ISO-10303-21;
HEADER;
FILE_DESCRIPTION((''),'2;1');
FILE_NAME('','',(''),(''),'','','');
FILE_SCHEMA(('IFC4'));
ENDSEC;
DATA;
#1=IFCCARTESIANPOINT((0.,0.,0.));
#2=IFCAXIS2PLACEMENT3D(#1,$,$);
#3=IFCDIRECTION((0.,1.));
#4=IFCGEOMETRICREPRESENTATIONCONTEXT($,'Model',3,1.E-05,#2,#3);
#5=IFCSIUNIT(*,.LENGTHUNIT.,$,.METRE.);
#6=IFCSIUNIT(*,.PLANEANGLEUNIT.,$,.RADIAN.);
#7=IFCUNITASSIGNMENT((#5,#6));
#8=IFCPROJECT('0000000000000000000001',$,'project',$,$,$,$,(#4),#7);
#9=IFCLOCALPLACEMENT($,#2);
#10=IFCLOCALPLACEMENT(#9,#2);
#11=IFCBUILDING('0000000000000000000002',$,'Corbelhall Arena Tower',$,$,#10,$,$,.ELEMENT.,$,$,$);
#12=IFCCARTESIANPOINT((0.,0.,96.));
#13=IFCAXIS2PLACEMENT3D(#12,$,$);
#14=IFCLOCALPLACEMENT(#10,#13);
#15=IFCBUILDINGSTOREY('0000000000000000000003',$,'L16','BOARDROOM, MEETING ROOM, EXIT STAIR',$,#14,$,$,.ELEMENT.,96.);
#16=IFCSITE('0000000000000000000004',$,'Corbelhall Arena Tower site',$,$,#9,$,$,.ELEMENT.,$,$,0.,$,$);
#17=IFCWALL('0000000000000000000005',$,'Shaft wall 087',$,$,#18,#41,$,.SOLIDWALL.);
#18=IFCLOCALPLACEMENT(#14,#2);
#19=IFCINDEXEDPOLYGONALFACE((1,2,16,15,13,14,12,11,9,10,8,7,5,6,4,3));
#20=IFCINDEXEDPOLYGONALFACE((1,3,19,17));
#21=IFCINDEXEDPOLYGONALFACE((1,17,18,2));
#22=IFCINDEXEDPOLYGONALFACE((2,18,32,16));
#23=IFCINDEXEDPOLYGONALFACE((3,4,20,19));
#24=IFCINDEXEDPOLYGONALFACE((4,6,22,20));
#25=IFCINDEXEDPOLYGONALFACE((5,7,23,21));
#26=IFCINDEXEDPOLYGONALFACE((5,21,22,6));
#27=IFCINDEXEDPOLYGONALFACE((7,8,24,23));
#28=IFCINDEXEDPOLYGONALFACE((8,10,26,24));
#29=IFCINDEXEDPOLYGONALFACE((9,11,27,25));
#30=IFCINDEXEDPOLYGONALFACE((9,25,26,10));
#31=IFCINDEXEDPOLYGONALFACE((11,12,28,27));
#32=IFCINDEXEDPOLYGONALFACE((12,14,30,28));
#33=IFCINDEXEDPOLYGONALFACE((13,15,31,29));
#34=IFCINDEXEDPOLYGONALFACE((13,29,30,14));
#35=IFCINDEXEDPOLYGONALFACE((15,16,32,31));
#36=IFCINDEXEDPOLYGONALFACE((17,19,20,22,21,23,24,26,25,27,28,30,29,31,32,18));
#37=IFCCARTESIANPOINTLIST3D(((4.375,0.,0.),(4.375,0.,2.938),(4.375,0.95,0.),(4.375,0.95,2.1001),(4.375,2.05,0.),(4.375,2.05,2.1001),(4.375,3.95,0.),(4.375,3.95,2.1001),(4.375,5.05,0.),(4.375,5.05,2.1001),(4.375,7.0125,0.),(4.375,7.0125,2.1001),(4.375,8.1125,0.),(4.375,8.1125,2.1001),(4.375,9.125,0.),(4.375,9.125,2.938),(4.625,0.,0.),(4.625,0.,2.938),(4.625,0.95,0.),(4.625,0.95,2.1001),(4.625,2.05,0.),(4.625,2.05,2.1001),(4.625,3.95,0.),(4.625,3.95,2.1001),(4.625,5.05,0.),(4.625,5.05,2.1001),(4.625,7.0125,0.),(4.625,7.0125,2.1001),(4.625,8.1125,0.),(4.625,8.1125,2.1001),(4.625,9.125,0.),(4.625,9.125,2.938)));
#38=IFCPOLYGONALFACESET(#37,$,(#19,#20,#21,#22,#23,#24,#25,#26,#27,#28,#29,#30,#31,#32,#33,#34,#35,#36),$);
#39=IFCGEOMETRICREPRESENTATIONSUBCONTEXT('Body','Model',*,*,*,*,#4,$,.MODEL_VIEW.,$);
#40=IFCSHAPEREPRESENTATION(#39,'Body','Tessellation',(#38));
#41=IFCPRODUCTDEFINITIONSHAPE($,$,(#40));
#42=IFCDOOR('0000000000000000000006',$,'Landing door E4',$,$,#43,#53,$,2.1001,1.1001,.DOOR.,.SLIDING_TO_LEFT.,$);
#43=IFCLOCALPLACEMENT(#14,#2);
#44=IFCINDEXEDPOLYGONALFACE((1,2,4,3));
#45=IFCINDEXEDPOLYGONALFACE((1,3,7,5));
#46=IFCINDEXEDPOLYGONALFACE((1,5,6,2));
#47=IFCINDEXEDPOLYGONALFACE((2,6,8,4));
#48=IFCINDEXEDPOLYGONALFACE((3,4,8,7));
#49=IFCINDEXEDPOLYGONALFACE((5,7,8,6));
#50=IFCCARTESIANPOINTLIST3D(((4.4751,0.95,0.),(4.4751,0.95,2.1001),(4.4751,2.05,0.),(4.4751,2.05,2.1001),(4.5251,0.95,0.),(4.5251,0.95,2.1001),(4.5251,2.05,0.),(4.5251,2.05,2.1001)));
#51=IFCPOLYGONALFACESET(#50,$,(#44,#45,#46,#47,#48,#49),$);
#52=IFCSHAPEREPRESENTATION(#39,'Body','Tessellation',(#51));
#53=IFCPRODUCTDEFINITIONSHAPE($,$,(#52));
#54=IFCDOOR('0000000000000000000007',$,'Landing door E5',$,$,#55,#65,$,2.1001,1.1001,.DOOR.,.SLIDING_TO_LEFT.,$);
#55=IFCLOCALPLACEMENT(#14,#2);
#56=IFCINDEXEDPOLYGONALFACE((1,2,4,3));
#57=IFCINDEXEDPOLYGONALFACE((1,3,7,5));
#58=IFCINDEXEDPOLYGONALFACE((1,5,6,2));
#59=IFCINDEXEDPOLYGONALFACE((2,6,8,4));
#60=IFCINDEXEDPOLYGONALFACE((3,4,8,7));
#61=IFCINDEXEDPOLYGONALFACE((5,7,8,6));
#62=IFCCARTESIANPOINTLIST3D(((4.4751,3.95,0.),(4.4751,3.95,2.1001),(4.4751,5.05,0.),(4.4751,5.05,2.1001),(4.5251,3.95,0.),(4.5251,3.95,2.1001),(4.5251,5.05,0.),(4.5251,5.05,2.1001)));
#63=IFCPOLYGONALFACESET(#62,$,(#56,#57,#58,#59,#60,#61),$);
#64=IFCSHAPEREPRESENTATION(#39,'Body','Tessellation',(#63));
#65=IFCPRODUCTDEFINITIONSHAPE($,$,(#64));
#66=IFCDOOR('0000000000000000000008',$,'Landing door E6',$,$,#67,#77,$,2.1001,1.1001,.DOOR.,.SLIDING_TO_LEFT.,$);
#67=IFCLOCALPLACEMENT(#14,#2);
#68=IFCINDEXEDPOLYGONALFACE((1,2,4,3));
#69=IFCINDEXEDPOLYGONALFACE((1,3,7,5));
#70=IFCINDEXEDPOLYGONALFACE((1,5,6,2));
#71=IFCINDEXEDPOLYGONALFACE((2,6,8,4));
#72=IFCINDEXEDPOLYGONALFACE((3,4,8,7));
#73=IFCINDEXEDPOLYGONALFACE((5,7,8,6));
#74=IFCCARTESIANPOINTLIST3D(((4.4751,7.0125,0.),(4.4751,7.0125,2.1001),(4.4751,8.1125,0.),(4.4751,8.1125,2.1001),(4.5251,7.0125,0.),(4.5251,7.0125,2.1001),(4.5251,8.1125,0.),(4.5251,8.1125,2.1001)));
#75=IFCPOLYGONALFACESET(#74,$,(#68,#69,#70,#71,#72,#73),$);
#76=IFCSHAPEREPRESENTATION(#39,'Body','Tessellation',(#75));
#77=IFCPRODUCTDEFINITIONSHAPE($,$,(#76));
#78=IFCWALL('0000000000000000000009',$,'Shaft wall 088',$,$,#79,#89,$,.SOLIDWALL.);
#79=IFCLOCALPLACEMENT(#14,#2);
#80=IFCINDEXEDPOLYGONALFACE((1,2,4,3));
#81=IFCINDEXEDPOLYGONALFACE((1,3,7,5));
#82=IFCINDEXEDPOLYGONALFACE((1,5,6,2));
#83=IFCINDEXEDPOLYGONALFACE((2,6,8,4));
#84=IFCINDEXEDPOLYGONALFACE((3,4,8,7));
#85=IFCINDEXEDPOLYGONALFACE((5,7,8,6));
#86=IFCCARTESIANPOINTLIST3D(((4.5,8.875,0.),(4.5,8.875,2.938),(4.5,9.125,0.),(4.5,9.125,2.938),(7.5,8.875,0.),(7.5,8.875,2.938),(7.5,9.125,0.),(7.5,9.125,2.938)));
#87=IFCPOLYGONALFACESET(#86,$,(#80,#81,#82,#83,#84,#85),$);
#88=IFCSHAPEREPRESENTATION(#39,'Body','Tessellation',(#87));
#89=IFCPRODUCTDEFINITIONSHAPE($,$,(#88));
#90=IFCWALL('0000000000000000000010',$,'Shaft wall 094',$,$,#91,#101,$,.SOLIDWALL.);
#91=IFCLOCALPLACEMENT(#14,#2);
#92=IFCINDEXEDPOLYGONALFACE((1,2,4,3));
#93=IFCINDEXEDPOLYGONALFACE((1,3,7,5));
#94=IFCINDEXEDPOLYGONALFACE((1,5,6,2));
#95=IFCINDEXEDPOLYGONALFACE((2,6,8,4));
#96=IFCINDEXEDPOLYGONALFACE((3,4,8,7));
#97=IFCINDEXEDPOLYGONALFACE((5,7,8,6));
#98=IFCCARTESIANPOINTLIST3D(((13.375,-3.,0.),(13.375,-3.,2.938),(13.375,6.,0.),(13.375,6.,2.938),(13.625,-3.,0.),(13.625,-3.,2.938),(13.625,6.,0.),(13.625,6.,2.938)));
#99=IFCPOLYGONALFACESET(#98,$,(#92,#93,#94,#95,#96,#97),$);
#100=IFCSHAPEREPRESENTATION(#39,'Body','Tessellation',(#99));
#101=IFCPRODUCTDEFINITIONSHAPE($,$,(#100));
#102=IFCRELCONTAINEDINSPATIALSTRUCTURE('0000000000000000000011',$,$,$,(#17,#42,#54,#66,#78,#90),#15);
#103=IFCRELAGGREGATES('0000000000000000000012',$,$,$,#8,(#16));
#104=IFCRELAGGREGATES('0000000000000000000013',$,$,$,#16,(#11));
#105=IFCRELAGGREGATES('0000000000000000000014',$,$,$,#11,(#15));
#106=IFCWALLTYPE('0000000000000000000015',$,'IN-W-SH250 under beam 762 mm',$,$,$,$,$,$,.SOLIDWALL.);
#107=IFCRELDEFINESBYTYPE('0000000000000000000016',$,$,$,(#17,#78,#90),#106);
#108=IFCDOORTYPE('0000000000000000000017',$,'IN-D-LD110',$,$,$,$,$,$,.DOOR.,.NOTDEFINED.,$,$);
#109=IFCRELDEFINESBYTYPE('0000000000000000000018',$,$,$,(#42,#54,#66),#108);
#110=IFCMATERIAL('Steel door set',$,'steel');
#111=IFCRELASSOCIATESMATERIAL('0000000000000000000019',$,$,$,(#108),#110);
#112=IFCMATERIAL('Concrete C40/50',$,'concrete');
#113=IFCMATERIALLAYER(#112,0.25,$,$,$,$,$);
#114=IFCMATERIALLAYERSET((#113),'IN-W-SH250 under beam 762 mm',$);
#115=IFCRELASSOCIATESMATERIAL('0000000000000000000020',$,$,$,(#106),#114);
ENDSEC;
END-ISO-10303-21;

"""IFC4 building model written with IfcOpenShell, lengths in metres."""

from ifc_helpers import new_model, si_unit, direction, frame, frame_2d, origin, place, context, subcontext, project, spatial, rectangle, extrude, material, layer, layer_set, type_object, element, fill, save


model = new_model("IFC4")

# Units and contexts
model_context = context("Model", 3, precision=1e-05, world=origin(), true_north=direction((0.0, 1.0)))
body_context = subcontext(model_context, "Body", "Model", "MODEL_VIEW")
ifc_project = project(units=[si_unit("LENGTHUNIT", "METRE"), si_unit("PLANEANGLEUNIT", "RADIAN")], contexts=[model_context])

# Site, building, storey
site_placement = place(None, origin())
site = spatial("IfcSite", under=ifc_project, at=site_placement, Name="Corbelhall Arena Tower site", CompositionType="ELEMENT", RefElevation=0.0)
building_placement = place(site_placement, origin())
building = spatial("IfcBuilding", under=site, at=building_placement, Name="Corbelhall Arena Tower", CompositionType="ELEMENT")
storey_placement = place(building_placement, frame((0.0, 0.0, 96.0)))
storey = spatial("IfcBuildingStorey", under=building, at=storey_placement, Name="L16", Description="BOARDROOM, MEETING ROOM, EXIT STAIR", CompositionType="ELEMENT", Elevation=96.0)

# Shared definitions
ifc_material_1 = material(Name="Concrete C40/50", Category="concrete")

# Shared definitions
ifc_material_2 = material(Name="Steel door set", Category="steel")

# Shared definitions
door_type_1 = type_object("IfcDoorType", Name="IN-D-LD110", OperationType="NOTDEFINED", PredefinedType="DOOR", material=ifc_material_2)

# Wall, openings, doors
ifc_layer_1 = layer(ifc_material_1, 0.25)
ifc_layer_set_1 = layer_set([ifc_layer_1], Name="IN-W-SH250 under beam 762 mm")
wall_type_1 = type_object("IfcWallType", Name="IN-W-SH250 under beam 762 mm", PredefinedType="SOLIDWALL", material=ifc_layer_set_1)
wall_1_placement = place(storey_placement, frame((4.5, 0.0, 0.0), z_axis=(0.0, 0.0, 1.0), x_axis=(0.0, 1.0, 0.0)))
wall_1 = element("IfcWall", 1, at=wall_1_placement, inside=storey, type_object=wall_type_1, Name="Shaft wall 087", PredefinedType="SOLIDWALL", context=body_context, shape_type="SweptSolid", body=[
    extrude(rectangle(XDim=9.125, YDim=0.25, at=frame_2d((4.5625, 0.0))), origin(), (0.0, 0.0, 1.0), 2.938),
])
opening_1_placement = place(wall_1_placement, frame((0.95, 0.0, 0.0)))
opening_1 = element("IfcOpeningElement", 2, at=opening_1_placement, cuts=wall_1, PredefinedType="OPENING", context=body_context, shape_type="SweptSolid", body=[
    extrude(rectangle(XDim=1.1001, YDim=2.1001, at=frame_2d((0.55, 1.05))), frame((0.0, 0.125, 0.0), z_axis=(0.0, -1.0, 0.0), x_axis=(1.0, 0.0, 0.0)), (0.0, 0.0, 1.0), 0.25),
])
opening_2_placement = place(wall_1_placement, frame((3.95, 0.0, 0.0)))
opening_2 = element("IfcOpeningElement", 3, at=opening_2_placement, cuts=wall_1, PredefinedType="OPENING", context=body_context, shape_type="SweptSolid", body=[
    extrude(rectangle(XDim=1.1001, YDim=2.1001, at=frame_2d((0.55, 1.05))), frame((0.0, 0.125, 0.0), z_axis=(0.0, -1.0, 0.0), x_axis=(1.0, 0.0, 0.0)), (0.0, 0.0, 1.0), 0.25),
])
opening_3_placement = place(wall_1_placement, frame((7.0125, 0.0, 0.0)))
opening_3 = element("IfcOpeningElement", 4, at=opening_3_placement, cuts=wall_1, PredefinedType="OPENING", context=body_context, shape_type="SweptSolid", body=[
    extrude(rectangle(XDim=1.1001, YDim=2.1001, at=frame_2d((0.55, 1.05))), frame((0.0, 0.125, 0.0), z_axis=(0.0, -1.0, 0.0), x_axis=(1.0, 0.0, 0.0)), (0.0, 0.0, 1.0), 0.25),
])
door_1_placement = place(opening_1_placement, origin())
door_1 = element("IfcDoor", 5, at=door_1_placement, inside=storey, type_object=door_type_1, Name="Landing door E4", OperationType="SLIDING_TO_LEFT", OverallHeight=2.1001, OverallWidth=1.1001, PredefinedType="DOOR", context=body_context, shape_type="SweptSolid", body=[
    extrude(rectangle(XDim=1.1001, YDim=2.1001, at=frame_2d((0.55, 1.05))), frame((0.0, 0.0249, 0.0), z_axis=(0.0, -1.0, 0.0), x_axis=(1.0, 0.0, 0.0)), (0.0, 0.0, 1.0), 0.05),
])
fill(opening_1, door_1)
door_2_placement = place(opening_2_placement, origin())
door_2 = element("IfcDoor", 6, at=door_2_placement, inside=storey, type_object=door_type_1, Name="Landing door E5", OperationType="SLIDING_TO_LEFT", OverallHeight=2.1001, OverallWidth=1.1001, PredefinedType="DOOR", context=body_context, shape_type="SweptSolid", body=[
    extrude(rectangle(XDim=1.1001, YDim=2.1001, at=frame_2d((0.55, 1.05))), frame((0.0, 0.0249, 0.0), z_axis=(0.0, -1.0, 0.0), x_axis=(1.0, 0.0, 0.0)), (0.0, 0.0, 1.0), 0.05),
])
fill(opening_2, door_2)
door_3_placement = place(opening_3_placement, origin())
door_3 = element("IfcDoor", 7, at=door_3_placement, inside=storey, type_object=door_type_1, Name="Landing door E6", OperationType="SLIDING_TO_LEFT", OverallHeight=2.1001, OverallWidth=1.1001, PredefinedType="DOOR", context=body_context, shape_type="SweptSolid", body=[
    extrude(rectangle(XDim=1.1001, YDim=2.1001, at=frame_2d((0.55, 1.05))), frame((0.0, 0.0249, 0.0), z_axis=(0.0, -1.0, 0.0), x_axis=(1.0, 0.0, 0.0)), (0.0, 0.0, 1.0), 0.05),
])
fill(opening_3, door_3)

# Walls
wall_2_placement = place(storey_placement, frame((4.5, 9.0, 0.0), z_axis=(0.0, 0.0, 1.0), x_axis=(1.0, 0.0, 0.0)))
element("IfcWall", 8, at=wall_2_placement, inside=storey, type_object=wall_type_1, Name="Shaft wall 088", PredefinedType="SOLIDWALL", context=body_context, shape_type="SweptSolid", body=[
    extrude(rectangle(XDim=3.0, YDim=0.25, at=frame_2d((1.5, 0.0))), origin(), (0.0, 0.0, 1.0), 2.938),
])
wall_3_placement = place(storey_placement, frame((13.5, 6.0, 0.0), z_axis=(0.0, 0.0, 1.0), x_axis=(0.0, -1.0, 0.0)))
element("IfcWall", 9, at=wall_3_placement, inside=storey, type_object=wall_type_1, Name="Shaft wall 094", PredefinedType="SOLIDWALL", context=body_context, shape_type="SweptSolid", body=[
    extrude(rectangle(XDim=9.0, YDim=0.25, at=frame_2d((4.5, 0.0))), origin(), (0.0, 0.0, 1.0), 2.938),
])

save(model, "model.ifc")
